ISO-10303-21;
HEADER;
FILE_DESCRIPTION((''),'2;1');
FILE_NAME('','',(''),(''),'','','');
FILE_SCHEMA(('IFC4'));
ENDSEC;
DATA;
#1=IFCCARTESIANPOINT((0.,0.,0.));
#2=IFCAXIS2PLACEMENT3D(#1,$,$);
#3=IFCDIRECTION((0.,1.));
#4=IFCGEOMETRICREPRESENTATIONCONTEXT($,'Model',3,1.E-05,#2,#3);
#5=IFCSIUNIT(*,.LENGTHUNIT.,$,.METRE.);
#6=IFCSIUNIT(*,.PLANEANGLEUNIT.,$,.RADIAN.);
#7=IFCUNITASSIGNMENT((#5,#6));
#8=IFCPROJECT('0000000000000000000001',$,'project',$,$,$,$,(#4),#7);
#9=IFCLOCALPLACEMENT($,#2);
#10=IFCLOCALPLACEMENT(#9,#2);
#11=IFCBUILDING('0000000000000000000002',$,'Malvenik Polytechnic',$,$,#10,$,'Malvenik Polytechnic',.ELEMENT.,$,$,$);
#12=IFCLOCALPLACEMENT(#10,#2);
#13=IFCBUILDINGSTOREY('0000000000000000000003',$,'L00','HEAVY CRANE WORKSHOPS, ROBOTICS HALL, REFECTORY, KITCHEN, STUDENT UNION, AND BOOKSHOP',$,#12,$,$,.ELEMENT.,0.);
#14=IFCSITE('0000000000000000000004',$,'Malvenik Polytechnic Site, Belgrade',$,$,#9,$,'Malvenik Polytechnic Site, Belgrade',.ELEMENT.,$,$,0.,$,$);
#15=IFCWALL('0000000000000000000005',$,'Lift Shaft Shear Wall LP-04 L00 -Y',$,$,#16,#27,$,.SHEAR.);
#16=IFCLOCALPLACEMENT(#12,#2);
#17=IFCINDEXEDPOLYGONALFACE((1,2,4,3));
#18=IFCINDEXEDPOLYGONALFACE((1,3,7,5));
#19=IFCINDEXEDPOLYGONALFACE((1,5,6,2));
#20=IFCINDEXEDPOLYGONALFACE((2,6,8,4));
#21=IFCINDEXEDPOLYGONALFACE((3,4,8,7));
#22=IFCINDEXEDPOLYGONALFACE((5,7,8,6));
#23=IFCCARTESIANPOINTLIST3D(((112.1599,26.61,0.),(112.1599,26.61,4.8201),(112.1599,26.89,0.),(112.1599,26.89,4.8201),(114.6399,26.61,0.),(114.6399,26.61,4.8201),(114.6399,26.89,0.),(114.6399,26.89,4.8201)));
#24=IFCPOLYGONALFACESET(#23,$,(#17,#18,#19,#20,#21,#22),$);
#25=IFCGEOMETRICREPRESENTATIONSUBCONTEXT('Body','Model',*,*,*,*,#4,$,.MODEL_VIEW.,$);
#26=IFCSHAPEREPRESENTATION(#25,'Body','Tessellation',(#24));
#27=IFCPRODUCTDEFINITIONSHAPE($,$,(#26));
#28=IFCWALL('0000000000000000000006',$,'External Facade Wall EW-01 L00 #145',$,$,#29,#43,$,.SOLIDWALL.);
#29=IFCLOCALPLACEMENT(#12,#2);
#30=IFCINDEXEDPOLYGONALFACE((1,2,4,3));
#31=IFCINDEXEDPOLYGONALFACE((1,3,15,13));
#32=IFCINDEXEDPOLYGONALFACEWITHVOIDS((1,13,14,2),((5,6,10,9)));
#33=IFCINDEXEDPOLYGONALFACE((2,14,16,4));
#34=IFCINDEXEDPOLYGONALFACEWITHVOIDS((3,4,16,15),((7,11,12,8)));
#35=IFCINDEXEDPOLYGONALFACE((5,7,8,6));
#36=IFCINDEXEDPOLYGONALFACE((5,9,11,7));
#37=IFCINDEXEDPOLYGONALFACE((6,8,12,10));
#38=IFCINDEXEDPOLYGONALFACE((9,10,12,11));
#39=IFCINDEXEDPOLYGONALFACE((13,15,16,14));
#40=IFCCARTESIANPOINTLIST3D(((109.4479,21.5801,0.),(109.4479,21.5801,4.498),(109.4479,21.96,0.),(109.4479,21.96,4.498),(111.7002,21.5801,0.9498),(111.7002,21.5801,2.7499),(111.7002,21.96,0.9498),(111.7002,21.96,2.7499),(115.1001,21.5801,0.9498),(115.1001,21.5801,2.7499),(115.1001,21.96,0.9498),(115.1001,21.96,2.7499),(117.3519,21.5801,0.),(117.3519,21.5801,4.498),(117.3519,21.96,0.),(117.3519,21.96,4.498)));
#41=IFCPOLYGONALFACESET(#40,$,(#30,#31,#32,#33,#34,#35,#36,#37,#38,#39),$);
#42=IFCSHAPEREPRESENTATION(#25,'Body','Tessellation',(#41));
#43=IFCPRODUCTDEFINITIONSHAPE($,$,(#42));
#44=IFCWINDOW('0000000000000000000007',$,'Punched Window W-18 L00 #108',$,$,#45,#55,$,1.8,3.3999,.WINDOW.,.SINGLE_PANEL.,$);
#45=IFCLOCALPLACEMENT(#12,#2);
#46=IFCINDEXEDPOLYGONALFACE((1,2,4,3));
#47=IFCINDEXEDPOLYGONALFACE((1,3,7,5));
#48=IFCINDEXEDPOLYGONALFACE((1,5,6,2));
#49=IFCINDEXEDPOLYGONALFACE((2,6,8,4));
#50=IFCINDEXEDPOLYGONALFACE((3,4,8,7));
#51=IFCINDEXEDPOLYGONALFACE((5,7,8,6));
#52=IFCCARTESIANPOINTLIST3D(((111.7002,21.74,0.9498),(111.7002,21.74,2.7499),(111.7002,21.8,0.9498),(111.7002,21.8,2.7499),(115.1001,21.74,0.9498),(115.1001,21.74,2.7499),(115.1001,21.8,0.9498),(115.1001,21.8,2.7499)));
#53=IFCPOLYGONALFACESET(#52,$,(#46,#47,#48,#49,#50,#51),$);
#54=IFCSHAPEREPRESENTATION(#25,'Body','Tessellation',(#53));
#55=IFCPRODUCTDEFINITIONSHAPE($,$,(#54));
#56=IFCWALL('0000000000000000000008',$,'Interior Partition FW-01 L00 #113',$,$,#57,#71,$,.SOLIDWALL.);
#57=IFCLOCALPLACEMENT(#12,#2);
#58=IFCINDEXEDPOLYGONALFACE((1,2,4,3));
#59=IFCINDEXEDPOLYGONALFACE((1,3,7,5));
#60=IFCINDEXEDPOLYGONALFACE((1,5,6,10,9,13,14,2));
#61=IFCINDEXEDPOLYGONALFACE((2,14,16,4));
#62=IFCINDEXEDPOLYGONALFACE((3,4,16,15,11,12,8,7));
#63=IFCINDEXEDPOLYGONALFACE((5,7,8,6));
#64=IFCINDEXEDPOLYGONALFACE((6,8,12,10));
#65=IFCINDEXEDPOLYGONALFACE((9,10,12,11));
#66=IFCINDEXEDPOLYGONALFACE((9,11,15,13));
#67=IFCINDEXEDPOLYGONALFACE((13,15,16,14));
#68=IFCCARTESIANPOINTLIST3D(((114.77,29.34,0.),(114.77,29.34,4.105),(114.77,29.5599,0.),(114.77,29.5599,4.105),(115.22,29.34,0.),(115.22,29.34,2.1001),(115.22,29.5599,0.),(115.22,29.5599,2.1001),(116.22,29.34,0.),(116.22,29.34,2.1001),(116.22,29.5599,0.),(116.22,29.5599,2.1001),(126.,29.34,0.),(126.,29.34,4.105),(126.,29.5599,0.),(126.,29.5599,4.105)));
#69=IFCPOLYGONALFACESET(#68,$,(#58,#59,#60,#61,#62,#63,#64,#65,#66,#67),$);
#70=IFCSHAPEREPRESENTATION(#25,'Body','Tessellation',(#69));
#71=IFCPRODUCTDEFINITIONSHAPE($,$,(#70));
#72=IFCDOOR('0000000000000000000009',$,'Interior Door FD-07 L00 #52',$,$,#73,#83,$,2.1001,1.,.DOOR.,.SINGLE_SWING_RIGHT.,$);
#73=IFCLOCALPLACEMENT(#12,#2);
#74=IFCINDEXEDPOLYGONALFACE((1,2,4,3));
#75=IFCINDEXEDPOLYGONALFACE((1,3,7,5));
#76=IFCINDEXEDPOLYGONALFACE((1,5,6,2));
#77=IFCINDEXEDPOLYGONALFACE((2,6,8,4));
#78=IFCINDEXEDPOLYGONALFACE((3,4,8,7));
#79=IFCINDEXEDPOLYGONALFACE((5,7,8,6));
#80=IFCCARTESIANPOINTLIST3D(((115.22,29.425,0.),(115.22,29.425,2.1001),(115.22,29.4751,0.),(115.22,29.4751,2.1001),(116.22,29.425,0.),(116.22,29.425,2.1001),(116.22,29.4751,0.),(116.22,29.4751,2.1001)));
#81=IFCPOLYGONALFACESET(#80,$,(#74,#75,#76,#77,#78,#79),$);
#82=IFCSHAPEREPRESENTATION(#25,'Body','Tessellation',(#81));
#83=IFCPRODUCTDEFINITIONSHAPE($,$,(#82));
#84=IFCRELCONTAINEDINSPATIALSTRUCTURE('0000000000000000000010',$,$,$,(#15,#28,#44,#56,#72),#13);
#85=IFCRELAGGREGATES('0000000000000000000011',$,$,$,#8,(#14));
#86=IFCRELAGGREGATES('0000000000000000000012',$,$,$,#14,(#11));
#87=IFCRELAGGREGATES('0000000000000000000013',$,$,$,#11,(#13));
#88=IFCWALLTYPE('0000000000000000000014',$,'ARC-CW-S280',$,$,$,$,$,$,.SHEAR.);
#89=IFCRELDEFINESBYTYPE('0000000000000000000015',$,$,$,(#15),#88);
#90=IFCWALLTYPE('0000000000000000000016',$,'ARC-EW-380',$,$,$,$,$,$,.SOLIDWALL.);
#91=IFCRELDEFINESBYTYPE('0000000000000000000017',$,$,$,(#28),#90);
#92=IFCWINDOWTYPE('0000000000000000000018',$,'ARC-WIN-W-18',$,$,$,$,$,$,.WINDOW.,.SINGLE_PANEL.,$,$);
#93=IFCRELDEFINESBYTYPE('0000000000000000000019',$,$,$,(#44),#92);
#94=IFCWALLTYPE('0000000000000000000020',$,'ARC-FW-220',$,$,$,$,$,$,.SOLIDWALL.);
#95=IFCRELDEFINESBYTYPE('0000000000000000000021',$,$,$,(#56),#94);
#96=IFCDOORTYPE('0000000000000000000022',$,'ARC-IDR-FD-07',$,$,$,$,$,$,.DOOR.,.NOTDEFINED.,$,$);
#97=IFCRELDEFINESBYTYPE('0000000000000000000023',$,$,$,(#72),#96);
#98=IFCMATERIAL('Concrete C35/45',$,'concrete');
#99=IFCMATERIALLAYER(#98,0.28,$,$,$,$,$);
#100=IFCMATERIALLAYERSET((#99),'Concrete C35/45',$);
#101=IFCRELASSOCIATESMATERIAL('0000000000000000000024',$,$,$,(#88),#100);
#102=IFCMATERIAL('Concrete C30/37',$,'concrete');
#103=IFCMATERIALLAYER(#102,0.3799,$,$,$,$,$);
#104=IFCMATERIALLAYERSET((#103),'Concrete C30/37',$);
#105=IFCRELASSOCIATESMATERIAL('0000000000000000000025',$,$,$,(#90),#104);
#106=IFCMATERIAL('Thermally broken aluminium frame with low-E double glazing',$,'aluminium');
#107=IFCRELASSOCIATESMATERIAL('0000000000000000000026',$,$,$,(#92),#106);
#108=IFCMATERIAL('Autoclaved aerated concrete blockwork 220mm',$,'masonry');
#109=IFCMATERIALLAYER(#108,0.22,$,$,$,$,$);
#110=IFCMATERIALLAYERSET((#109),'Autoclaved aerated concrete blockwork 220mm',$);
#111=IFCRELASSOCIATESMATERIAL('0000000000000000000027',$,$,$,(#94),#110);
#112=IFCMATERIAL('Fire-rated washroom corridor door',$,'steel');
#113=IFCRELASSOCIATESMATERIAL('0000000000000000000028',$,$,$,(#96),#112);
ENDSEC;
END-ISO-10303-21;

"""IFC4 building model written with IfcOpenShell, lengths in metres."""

from ifc_helpers import new_model, si_unit, direction, frame, frame_2d, origin, place, context, subcontext, project, spatial, rectangle, extrude, material, layer, layer_set, type_object, element, fill, save


model = new_model("IFC4")

# Units and contexts
model_context = context("Model", 3, precision=1e-05, world=origin(), true_north=direction((0.0, 1.0)))
body_context = subcontext(model_context, "Body", "Model", "MODEL_VIEW")
ifc_project = project(units=[si_unit("LENGTHUNIT", "METRE"), si_unit("PLANEANGLEUNIT", "RADIAN")], contexts=[model_context])

# Site, building, storey
site_placement = place(None, origin())
site = spatial("IfcSite", under=ifc_project, at=site_placement, Name="Malvenik Polytechnic Site, Belgrade", LongName="Malvenik Polytechnic Site, Belgrade", CompositionType="ELEMENT", RefElevation=0.0)
building_placement = place(site_placement, origin())
building = spatial("IfcBuilding", under=site, at=building_placement, Name="Malvenik Polytechnic", LongName="Malvenik Polytechnic", CompositionType="ELEMENT")
storey_placement = place(building_placement, origin())
storey = spatial("IfcBuildingStorey", under=building, at=storey_placement, Name="L00", Description="HEAVY CRANE WORKSHOPS, ROBOTICS HALL, REFECTORY, KITCHEN, STUDENT UNION, AND BOOKSHOP", CompositionType="ELEMENT", Elevation=0.0)

# Shared definitions
ifc_material_1 = material(Name="Concrete C35/45", Category="concrete")

# Shared definitions
ifc_material_2 = material(Name="Concrete C30/37", Category="concrete")

# Wall
ifc_layer_1 = layer(ifc_material_1, 0.28)
ifc_layer_set_1 = layer_set([ifc_layer_1], Name="Concrete C35/45")
wall_type_1 = type_object("IfcWallType", Name="ARC-CW-S280", PredefinedType="SHEAR", material=ifc_layer_set_1)
wall_1_placement = place(storey_placement, frame((114.6399, 26.75, 0.0), z_axis=(0.0, 0.0, 1.0), x_axis=(-1.0, 0.0, 0.0)))
element("IfcWall", 1, at=wall_1_placement, inside=storey, type_object=wall_type_1, Name="Lift Shaft Shear Wall LP-04 L00 -Y", PredefinedType="SHEAR", context=body_context, shape_type="SweptSolid", body=[
    extrude(rectangle(XDim=2.48, YDim=0.28, at=frame_2d((1.24, 0.0))), origin(), (0.0, 0.0, 1.0), 4.8201),
])

# Wall, opening, window
ifc_layer_2 = layer(ifc_material_2, 0.3799)
ifc_layer_set_2 = layer_set([ifc_layer_2], Name="Concrete C30/37")
wall_type_2 = type_object("IfcWallType", Name="ARC-EW-380", PredefinedType="SOLIDWALL", material=ifc_layer_set_2)
wall_2_placement = place(storey_placement, frame((117.3521, 21.77, 0.0), z_axis=(0.0, 0.0, 1.0), x_axis=(-1.0, 0.0, 0.0)))
wall_2 = element("IfcWall", 2, at=wall_2_placement, inside=storey, type_object=wall_type_2, Name="External Facade Wall EW-01 L00 #145", PredefinedType="SOLIDWALL", context=body_context, shape_type="SweptSolid", body=[
    extrude(rectangle(XDim=7.9041, YDim=0.3799, at=frame_2d((3.9521, 0.0))), origin(), (0.0, 0.0, 1.0), 4.498),
])
opening_1_placement = place(wall_2_placement, frame((2.252, 0.0, 0.95)))
opening_1 = element("IfcOpeningElement", 3, at=opening_1_placement, cuts=wall_2, PredefinedType="OPENING", context=body_context, shape_type="SweptSolid", body=[
    extrude(rectangle(XDim=3.3999, YDim=1.8, at=frame_2d((1.7, 0.8999))), frame((0.0, 0.2, 0.0), z_axis=(0.0, -1.0, 0.0), x_axis=(1.0, 0.0, 0.0)), (0.0, 0.0, 1.0), 0.3999),
])
ifc_material_3 = material(Name="Thermally broken aluminium frame with low-E double glazing", Category="aluminium")
window_type = type_object("IfcWindowType", Name="ARC-WIN-W-18", PartitioningType="SINGLE_PANEL", PredefinedType="WINDOW", material=ifc_material_3)
window_placement = place(opening_1_placement, origin())
window = element("IfcWindow", 4, at=window_placement, inside=storey, type_object=window_type, Name="Punched Window W-18 L00 #108", OverallHeight=1.8, OverallWidth=3.3999, PartitioningType="SINGLE_PANEL", PredefinedType="WINDOW", context=body_context, shape_type="SweptSolid", body=[
    extrude(rectangle(XDim=3.3999, YDim=1.8, at=frame_2d((1.7, 0.8999))), frame((0.0, 0.03, 0.0), z_axis=(0.0, -1.0, 0.0), x_axis=(1.0, 0.0, 0.0)), (0.0, 0.0, 1.0), 0.0601),
])
fill(opening_1, window)

# Wall, opening, door
ifc_material_4 = material(Name="Autoclaved aerated concrete blockwork 220mm", Category="masonry")
ifc_layer_3 = layer(ifc_material_4, 0.22)
ifc_layer_set_3 = layer_set([ifc_layer_3], Name="Autoclaved aerated concrete blockwork 220mm")
wall_type_3 = type_object("IfcWallType", Name="ARC-FW-220", PredefinedType="SOLIDWALL", material=ifc_layer_set_3)
wall_3_placement = place(storey_placement, frame((126.0, 29.45, 0.0), z_axis=(0.0, 0.0, 1.0), x_axis=(-1.0, 0.0, 0.0)))
wall_3 = element("IfcWall", 5, at=wall_3_placement, inside=storey, type_object=wall_type_3, Name="Interior Partition FW-01 L00 #113", PredefinedType="SOLIDWALL", context=body_context, shape_type="SweptSolid", body=[
    extrude(rectangle(XDim=11.23, YDim=0.22, at=frame_2d((5.615, 0.0))), origin(), (0.0, 0.0, 1.0), 4.105),
])
opening_2_placement = place(wall_3_placement, frame((9.78, 0.0, 0.0)))
opening_2 = element("IfcOpeningElement", 6, at=opening_2_placement, cuts=wall_3, PredefinedType="OPENING", context=body_context, shape_type="SweptSolid", body=[
    extrude(rectangle(XDim=1.0, YDim=2.1001, at=frame_2d((0.5, 1.05))), frame((0.0, 0.1201, 0.0), z_axis=(0.0, -1.0, 0.0), x_axis=(1.0, 0.0, 0.0)), (0.0, 0.0, 1.0), 0.24),
])
ifc_material_5 = material(Name="Fire-rated washroom corridor door", Category="steel")
door_type = type_object("IfcDoorType", Name="ARC-IDR-FD-07", OperationType="NOTDEFINED", PredefinedType="DOOR", material=ifc_material_5)
door_placement = place(opening_2_placement, origin())
door = element("IfcDoor", 7, at=door_placement, inside=storey, type_object=door_type, Name="Interior Door FD-07 L00 #52", OperationType="SINGLE_SWING_RIGHT", OverallHeight=2.1001, OverallWidth=1.0, PredefinedType="DOOR", context=body_context, shape_type="SweptSolid", body=[
    extrude(rectangle(XDim=1.0, YDim=2.1001, at=frame_2d((0.5, 1.05))), frame((0.0, 0.0249, 0.0), z_axis=(0.0, -1.0, 0.0), x_axis=(1.0, 0.0, 0.0)), (0.0, 0.0, 1.0), 0.05),
])
fill(opening_2, door)

save(model, "model.ifc")
